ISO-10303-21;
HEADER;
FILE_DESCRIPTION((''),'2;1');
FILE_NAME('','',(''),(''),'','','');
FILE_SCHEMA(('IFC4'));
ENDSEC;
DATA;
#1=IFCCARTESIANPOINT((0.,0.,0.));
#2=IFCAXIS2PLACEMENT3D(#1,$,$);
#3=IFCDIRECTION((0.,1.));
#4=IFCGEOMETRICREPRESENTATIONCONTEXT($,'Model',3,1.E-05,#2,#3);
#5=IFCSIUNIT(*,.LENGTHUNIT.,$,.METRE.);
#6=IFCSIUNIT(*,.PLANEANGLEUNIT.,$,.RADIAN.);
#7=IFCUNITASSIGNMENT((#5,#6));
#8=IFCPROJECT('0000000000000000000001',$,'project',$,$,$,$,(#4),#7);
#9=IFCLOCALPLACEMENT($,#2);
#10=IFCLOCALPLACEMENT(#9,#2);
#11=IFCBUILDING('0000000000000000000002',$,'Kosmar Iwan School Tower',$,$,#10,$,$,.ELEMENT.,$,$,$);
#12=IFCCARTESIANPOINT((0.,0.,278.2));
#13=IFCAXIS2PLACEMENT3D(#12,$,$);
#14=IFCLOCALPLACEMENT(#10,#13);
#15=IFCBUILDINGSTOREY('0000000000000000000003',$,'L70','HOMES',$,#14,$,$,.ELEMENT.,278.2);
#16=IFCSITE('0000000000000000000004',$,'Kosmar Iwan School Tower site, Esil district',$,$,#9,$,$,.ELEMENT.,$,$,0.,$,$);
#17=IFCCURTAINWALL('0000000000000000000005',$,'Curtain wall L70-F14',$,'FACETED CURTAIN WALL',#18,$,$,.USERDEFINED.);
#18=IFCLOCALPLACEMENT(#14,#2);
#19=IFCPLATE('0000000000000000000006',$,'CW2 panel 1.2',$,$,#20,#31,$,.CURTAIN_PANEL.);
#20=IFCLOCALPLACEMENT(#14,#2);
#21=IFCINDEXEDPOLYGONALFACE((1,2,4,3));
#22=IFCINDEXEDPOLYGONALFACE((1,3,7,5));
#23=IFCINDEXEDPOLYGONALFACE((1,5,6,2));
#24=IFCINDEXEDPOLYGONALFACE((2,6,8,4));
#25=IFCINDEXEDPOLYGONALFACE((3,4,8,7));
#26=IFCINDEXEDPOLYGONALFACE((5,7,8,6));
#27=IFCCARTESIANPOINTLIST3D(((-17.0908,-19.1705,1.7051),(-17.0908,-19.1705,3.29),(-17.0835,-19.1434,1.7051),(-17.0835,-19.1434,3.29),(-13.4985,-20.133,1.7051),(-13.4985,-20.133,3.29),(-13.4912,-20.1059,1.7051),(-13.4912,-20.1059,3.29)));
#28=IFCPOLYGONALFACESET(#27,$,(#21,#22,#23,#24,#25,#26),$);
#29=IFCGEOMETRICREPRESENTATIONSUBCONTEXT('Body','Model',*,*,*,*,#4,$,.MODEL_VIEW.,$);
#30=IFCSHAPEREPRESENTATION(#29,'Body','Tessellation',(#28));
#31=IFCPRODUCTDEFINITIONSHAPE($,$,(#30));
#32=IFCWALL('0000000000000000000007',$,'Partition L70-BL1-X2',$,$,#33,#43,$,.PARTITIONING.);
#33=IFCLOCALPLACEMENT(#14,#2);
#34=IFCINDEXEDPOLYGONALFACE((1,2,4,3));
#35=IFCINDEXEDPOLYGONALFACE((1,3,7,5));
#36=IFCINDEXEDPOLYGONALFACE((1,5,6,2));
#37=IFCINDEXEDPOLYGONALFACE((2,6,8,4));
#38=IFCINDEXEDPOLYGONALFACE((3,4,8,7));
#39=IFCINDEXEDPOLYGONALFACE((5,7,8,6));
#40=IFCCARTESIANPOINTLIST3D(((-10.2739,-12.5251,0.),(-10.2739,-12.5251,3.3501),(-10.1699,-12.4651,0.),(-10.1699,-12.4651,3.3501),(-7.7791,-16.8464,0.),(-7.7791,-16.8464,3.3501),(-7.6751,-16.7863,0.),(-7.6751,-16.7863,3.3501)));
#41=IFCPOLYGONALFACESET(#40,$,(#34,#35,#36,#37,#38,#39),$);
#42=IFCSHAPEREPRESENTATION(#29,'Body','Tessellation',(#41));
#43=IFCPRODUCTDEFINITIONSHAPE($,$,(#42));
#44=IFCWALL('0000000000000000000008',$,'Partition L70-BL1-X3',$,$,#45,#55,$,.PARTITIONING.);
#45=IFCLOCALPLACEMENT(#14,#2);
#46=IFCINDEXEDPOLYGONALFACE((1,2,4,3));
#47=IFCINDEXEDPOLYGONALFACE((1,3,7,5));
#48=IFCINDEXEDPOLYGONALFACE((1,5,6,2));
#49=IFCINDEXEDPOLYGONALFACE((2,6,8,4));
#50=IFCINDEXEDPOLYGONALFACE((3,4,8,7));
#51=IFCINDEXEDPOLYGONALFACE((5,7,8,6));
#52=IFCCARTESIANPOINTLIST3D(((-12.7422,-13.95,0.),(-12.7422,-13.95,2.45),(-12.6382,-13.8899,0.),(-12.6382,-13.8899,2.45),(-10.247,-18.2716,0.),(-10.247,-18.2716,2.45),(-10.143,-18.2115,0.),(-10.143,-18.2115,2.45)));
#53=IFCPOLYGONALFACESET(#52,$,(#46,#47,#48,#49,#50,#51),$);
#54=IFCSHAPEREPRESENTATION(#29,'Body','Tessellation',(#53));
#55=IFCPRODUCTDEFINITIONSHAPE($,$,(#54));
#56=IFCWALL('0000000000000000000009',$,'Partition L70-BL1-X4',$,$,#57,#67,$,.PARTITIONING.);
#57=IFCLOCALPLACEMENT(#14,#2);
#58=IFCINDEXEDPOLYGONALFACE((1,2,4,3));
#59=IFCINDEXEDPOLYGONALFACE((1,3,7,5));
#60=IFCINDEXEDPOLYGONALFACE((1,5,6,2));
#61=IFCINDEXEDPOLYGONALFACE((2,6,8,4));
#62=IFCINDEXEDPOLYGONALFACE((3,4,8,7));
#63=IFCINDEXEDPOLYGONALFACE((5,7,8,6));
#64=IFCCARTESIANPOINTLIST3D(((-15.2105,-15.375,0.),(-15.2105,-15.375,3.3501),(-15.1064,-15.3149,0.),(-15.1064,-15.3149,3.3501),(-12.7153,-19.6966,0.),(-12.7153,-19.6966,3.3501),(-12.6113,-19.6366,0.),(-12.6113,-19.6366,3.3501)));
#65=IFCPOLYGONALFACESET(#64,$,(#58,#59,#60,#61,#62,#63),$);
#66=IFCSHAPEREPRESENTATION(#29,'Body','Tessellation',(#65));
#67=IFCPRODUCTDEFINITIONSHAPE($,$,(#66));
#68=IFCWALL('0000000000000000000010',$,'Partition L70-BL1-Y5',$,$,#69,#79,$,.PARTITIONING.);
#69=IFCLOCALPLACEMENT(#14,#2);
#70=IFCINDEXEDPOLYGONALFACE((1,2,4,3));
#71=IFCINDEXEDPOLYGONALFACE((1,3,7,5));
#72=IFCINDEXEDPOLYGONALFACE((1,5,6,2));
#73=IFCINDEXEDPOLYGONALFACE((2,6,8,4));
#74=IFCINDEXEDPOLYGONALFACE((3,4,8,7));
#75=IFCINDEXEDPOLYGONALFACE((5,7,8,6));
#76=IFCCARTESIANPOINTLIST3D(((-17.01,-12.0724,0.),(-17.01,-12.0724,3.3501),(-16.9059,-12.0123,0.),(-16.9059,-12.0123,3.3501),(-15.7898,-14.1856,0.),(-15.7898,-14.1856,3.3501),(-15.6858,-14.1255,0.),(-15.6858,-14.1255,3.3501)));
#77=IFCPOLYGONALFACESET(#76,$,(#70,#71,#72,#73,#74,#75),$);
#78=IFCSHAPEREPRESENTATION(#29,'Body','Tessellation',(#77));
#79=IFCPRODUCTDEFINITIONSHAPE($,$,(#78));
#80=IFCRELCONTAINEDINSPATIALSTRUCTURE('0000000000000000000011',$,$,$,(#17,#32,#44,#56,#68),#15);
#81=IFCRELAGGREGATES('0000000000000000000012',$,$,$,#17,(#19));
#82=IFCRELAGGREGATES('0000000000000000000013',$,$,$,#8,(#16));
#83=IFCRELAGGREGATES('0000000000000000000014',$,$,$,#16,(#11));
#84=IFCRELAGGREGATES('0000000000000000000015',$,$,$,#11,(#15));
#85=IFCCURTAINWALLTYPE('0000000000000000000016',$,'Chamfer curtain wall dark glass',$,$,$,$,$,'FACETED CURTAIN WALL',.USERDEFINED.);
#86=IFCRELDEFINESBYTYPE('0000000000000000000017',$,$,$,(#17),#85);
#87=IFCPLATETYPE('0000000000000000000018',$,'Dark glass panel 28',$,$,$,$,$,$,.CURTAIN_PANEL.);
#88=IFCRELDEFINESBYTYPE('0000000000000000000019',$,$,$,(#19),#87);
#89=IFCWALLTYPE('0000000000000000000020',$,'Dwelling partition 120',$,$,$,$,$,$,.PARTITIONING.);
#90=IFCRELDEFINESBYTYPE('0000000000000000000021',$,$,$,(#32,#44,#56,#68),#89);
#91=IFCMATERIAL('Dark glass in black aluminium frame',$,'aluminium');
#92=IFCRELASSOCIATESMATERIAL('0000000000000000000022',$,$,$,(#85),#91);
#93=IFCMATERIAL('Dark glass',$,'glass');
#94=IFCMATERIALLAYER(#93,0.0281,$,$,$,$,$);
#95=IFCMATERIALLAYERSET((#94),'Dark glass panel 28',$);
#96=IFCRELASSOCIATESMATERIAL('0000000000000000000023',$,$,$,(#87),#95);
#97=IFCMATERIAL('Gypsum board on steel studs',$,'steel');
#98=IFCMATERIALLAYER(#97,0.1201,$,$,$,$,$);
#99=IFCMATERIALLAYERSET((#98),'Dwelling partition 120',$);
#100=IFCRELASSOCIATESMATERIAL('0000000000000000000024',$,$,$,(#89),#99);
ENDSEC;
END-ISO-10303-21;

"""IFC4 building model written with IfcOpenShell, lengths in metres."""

from ifc_helpers import new_model, si_unit, direction, frame, frame_2d, origin, origin_2d, place, context, subcontext, project, spatial, rectangle, extrude, material, layer, layer_set, type_object, element, aggregate, save


model = new_model("IFC4")

# Units and contexts
model_context = context("Model", 3, precision=1e-05, world=origin(), true_north=direction((0.0, 1.0)))
body_context = subcontext(model_context, "Body", "Model", "MODEL_VIEW")
ifc_project = project(units=[si_unit("LENGTHUNIT", "METRE"), si_unit("PLANEANGLEUNIT", "RADIAN")], contexts=[model_context])

# Site, building, storey
site_placement = place(None, origin())
site = spatial("IfcSite", under=ifc_project, at=site_placement, Name="Kosmar Iwan School Tower site, Esil district", CompositionType="ELEMENT", RefElevation=0.0)
building_placement = place(site_placement, origin())
building = spatial("IfcBuilding", under=site, at=building_placement, Name="Kosmar Iwan School Tower", CompositionType="ELEMENT")
storey_placement = place(building_placement, frame((0.0, 0.0, 278.2)))
storey = spatial("IfcBuildingStorey", under=building, at=storey_placement, Name="L70", Description="HOMES", CompositionType="ELEMENT", Elevation=278.2)

# Curtain wall
ifc_material_1 = material(Name="Dark glass in black aluminium frame", Category="aluminium")
curtain_wall_type = type_object("IfcCurtainWallType", Name="Chamfer curtain wall dark glass", ElementType="FACETED CURTAIN WALL", PredefinedType="USERDEFINED", material=ifc_material_1)
curtain_wall_placement = place(storey_placement, origin())
curtain_wall = element("IfcCurtainWall", 1, at=curtain_wall_placement, inside=storey, type_object=curtain_wall_type, Name="Curtain wall L70-F14", ObjectType="FACETED CURTAIN WALL", PredefinedType="USERDEFINED")

# Plate
ifc_material_2 = material(Name="Dark glass", Category="glass")
ifc_layer_1 = layer(ifc_material_2, 0.0281)
ifc_layer_set_1 = layer_set([ifc_layer_1], Name="Dark glass panel 28")
plate_type = type_object("IfcPlateType", Name="Dark glass panel 28", PredefinedType="CURTAIN_PANEL", material=ifc_layer_set_1)
plate_1_placement = place(storey_placement, frame((-15.291, -19.6382, 1.7051), z_axis=(0.0, 0.0, 1.0), x_axis=(0.965926, -0.258819, 0.0)))
plate_1 = element("IfcPlate", 2, at=plate_1_placement, type_object=plate_type, Name="CW2 panel 1.2", PredefinedType="CURTAIN_PANEL", context=body_context, shape_type="SweptSolid", body=[
    extrude(rectangle(XDim=3.719, YDim=0.0281, at=origin_2d()), origin(), (0.0, 0.0, 1.0), 1.585),
])
aggregate(curtain_wall, [plate_1])

# Walls
ifc_material_3 = material(Name="Gypsum board on steel studs", Category="steel")
ifc_layer_2 = layer(ifc_material_3, 0.1201)
ifc_layer_set_2 = layer_set([ifc_layer_2], Name="Dwelling partition 120")
wall_type = type_object("IfcWallType", Name="Dwelling partition 120", PredefinedType="PARTITIONING", material=ifc_layer_set_2)
wall_1_placement = place(storey_placement, frame((-10.2219, -12.4951, 0.0), z_axis=(0.0, 0.0, 1.0), x_axis=(0.499996, -0.866028, 0.0)))
element("IfcWall", 3, at=wall_1_placement, inside=storey, type_object=wall_type, Name="Partition L70-BL1-X2", PredefinedType="PARTITIONING", context=body_context, shape_type="SweptSolid", body=[
    extrude(rectangle(XDim=4.9897, YDim=0.1201, at=frame_2d((2.4949, 0.0))), origin(), (0.0, 0.0, 1.0), 3.3501),
])
wall_2_placement = place(storey_placement, frame((-12.6902, -13.9199, 0.0), z_axis=(0.0, 0.0, 1.0), x_axis=(0.500012, -0.866019, 0.0)))
element("IfcWall", 4, at=wall_2_placement, inside=storey, type_object=wall_type, Name="Partition L70-BL1-X3", PredefinedType="PARTITIONING", context=body_context, shape_type="SweptSolid", body=[
    extrude(rectangle(XDim=4.9902, YDim=0.1201, at=frame_2d((2.4951, 0.0))), origin(), (0.0, 0.0, 1.0), 2.45),
])
wall_3_placement = place(storey_placement, frame((-15.1584, -15.345, 0.0), z_axis=(0.0, 0.0, 1.0), x_axis=(0.500012, -0.866019, 0.0)))
element("IfcWall", 5, at=wall_3_placement, inside=storey, type_object=wall_type, Name="Partition L70-BL1-X4", PredefinedType="PARTITIONING", context=body_context, shape_type="SweptSolid", body=[
    extrude(rectangle(XDim=4.9902, YDim=0.1201, at=frame_2d((2.4951, 0.0))), origin(), (0.0, 0.0, 1.0), 3.3501),
])
wall_4_placement = place(storey_placement, frame((-16.958, -12.0422, 0.0), z_axis=(0.0, 0.0, 1.0), x_axis=(0.500034, -0.866006, 0.0)))
element("IfcWall", 6, at=wall_4_placement, inside=storey, type_object=wall_type, Name="Partition L70-BL1-Y5", PredefinedType="PARTITIONING", context=body_context, shape_type="SweptSolid", body=[
    extrude(rectangle(XDim=2.4402, YDim=0.1201, at=frame_2d((1.2202, 0.0))), origin(), (0.0, 0.0, 1.0), 3.3501),
])

save(model, "model.ifc")
